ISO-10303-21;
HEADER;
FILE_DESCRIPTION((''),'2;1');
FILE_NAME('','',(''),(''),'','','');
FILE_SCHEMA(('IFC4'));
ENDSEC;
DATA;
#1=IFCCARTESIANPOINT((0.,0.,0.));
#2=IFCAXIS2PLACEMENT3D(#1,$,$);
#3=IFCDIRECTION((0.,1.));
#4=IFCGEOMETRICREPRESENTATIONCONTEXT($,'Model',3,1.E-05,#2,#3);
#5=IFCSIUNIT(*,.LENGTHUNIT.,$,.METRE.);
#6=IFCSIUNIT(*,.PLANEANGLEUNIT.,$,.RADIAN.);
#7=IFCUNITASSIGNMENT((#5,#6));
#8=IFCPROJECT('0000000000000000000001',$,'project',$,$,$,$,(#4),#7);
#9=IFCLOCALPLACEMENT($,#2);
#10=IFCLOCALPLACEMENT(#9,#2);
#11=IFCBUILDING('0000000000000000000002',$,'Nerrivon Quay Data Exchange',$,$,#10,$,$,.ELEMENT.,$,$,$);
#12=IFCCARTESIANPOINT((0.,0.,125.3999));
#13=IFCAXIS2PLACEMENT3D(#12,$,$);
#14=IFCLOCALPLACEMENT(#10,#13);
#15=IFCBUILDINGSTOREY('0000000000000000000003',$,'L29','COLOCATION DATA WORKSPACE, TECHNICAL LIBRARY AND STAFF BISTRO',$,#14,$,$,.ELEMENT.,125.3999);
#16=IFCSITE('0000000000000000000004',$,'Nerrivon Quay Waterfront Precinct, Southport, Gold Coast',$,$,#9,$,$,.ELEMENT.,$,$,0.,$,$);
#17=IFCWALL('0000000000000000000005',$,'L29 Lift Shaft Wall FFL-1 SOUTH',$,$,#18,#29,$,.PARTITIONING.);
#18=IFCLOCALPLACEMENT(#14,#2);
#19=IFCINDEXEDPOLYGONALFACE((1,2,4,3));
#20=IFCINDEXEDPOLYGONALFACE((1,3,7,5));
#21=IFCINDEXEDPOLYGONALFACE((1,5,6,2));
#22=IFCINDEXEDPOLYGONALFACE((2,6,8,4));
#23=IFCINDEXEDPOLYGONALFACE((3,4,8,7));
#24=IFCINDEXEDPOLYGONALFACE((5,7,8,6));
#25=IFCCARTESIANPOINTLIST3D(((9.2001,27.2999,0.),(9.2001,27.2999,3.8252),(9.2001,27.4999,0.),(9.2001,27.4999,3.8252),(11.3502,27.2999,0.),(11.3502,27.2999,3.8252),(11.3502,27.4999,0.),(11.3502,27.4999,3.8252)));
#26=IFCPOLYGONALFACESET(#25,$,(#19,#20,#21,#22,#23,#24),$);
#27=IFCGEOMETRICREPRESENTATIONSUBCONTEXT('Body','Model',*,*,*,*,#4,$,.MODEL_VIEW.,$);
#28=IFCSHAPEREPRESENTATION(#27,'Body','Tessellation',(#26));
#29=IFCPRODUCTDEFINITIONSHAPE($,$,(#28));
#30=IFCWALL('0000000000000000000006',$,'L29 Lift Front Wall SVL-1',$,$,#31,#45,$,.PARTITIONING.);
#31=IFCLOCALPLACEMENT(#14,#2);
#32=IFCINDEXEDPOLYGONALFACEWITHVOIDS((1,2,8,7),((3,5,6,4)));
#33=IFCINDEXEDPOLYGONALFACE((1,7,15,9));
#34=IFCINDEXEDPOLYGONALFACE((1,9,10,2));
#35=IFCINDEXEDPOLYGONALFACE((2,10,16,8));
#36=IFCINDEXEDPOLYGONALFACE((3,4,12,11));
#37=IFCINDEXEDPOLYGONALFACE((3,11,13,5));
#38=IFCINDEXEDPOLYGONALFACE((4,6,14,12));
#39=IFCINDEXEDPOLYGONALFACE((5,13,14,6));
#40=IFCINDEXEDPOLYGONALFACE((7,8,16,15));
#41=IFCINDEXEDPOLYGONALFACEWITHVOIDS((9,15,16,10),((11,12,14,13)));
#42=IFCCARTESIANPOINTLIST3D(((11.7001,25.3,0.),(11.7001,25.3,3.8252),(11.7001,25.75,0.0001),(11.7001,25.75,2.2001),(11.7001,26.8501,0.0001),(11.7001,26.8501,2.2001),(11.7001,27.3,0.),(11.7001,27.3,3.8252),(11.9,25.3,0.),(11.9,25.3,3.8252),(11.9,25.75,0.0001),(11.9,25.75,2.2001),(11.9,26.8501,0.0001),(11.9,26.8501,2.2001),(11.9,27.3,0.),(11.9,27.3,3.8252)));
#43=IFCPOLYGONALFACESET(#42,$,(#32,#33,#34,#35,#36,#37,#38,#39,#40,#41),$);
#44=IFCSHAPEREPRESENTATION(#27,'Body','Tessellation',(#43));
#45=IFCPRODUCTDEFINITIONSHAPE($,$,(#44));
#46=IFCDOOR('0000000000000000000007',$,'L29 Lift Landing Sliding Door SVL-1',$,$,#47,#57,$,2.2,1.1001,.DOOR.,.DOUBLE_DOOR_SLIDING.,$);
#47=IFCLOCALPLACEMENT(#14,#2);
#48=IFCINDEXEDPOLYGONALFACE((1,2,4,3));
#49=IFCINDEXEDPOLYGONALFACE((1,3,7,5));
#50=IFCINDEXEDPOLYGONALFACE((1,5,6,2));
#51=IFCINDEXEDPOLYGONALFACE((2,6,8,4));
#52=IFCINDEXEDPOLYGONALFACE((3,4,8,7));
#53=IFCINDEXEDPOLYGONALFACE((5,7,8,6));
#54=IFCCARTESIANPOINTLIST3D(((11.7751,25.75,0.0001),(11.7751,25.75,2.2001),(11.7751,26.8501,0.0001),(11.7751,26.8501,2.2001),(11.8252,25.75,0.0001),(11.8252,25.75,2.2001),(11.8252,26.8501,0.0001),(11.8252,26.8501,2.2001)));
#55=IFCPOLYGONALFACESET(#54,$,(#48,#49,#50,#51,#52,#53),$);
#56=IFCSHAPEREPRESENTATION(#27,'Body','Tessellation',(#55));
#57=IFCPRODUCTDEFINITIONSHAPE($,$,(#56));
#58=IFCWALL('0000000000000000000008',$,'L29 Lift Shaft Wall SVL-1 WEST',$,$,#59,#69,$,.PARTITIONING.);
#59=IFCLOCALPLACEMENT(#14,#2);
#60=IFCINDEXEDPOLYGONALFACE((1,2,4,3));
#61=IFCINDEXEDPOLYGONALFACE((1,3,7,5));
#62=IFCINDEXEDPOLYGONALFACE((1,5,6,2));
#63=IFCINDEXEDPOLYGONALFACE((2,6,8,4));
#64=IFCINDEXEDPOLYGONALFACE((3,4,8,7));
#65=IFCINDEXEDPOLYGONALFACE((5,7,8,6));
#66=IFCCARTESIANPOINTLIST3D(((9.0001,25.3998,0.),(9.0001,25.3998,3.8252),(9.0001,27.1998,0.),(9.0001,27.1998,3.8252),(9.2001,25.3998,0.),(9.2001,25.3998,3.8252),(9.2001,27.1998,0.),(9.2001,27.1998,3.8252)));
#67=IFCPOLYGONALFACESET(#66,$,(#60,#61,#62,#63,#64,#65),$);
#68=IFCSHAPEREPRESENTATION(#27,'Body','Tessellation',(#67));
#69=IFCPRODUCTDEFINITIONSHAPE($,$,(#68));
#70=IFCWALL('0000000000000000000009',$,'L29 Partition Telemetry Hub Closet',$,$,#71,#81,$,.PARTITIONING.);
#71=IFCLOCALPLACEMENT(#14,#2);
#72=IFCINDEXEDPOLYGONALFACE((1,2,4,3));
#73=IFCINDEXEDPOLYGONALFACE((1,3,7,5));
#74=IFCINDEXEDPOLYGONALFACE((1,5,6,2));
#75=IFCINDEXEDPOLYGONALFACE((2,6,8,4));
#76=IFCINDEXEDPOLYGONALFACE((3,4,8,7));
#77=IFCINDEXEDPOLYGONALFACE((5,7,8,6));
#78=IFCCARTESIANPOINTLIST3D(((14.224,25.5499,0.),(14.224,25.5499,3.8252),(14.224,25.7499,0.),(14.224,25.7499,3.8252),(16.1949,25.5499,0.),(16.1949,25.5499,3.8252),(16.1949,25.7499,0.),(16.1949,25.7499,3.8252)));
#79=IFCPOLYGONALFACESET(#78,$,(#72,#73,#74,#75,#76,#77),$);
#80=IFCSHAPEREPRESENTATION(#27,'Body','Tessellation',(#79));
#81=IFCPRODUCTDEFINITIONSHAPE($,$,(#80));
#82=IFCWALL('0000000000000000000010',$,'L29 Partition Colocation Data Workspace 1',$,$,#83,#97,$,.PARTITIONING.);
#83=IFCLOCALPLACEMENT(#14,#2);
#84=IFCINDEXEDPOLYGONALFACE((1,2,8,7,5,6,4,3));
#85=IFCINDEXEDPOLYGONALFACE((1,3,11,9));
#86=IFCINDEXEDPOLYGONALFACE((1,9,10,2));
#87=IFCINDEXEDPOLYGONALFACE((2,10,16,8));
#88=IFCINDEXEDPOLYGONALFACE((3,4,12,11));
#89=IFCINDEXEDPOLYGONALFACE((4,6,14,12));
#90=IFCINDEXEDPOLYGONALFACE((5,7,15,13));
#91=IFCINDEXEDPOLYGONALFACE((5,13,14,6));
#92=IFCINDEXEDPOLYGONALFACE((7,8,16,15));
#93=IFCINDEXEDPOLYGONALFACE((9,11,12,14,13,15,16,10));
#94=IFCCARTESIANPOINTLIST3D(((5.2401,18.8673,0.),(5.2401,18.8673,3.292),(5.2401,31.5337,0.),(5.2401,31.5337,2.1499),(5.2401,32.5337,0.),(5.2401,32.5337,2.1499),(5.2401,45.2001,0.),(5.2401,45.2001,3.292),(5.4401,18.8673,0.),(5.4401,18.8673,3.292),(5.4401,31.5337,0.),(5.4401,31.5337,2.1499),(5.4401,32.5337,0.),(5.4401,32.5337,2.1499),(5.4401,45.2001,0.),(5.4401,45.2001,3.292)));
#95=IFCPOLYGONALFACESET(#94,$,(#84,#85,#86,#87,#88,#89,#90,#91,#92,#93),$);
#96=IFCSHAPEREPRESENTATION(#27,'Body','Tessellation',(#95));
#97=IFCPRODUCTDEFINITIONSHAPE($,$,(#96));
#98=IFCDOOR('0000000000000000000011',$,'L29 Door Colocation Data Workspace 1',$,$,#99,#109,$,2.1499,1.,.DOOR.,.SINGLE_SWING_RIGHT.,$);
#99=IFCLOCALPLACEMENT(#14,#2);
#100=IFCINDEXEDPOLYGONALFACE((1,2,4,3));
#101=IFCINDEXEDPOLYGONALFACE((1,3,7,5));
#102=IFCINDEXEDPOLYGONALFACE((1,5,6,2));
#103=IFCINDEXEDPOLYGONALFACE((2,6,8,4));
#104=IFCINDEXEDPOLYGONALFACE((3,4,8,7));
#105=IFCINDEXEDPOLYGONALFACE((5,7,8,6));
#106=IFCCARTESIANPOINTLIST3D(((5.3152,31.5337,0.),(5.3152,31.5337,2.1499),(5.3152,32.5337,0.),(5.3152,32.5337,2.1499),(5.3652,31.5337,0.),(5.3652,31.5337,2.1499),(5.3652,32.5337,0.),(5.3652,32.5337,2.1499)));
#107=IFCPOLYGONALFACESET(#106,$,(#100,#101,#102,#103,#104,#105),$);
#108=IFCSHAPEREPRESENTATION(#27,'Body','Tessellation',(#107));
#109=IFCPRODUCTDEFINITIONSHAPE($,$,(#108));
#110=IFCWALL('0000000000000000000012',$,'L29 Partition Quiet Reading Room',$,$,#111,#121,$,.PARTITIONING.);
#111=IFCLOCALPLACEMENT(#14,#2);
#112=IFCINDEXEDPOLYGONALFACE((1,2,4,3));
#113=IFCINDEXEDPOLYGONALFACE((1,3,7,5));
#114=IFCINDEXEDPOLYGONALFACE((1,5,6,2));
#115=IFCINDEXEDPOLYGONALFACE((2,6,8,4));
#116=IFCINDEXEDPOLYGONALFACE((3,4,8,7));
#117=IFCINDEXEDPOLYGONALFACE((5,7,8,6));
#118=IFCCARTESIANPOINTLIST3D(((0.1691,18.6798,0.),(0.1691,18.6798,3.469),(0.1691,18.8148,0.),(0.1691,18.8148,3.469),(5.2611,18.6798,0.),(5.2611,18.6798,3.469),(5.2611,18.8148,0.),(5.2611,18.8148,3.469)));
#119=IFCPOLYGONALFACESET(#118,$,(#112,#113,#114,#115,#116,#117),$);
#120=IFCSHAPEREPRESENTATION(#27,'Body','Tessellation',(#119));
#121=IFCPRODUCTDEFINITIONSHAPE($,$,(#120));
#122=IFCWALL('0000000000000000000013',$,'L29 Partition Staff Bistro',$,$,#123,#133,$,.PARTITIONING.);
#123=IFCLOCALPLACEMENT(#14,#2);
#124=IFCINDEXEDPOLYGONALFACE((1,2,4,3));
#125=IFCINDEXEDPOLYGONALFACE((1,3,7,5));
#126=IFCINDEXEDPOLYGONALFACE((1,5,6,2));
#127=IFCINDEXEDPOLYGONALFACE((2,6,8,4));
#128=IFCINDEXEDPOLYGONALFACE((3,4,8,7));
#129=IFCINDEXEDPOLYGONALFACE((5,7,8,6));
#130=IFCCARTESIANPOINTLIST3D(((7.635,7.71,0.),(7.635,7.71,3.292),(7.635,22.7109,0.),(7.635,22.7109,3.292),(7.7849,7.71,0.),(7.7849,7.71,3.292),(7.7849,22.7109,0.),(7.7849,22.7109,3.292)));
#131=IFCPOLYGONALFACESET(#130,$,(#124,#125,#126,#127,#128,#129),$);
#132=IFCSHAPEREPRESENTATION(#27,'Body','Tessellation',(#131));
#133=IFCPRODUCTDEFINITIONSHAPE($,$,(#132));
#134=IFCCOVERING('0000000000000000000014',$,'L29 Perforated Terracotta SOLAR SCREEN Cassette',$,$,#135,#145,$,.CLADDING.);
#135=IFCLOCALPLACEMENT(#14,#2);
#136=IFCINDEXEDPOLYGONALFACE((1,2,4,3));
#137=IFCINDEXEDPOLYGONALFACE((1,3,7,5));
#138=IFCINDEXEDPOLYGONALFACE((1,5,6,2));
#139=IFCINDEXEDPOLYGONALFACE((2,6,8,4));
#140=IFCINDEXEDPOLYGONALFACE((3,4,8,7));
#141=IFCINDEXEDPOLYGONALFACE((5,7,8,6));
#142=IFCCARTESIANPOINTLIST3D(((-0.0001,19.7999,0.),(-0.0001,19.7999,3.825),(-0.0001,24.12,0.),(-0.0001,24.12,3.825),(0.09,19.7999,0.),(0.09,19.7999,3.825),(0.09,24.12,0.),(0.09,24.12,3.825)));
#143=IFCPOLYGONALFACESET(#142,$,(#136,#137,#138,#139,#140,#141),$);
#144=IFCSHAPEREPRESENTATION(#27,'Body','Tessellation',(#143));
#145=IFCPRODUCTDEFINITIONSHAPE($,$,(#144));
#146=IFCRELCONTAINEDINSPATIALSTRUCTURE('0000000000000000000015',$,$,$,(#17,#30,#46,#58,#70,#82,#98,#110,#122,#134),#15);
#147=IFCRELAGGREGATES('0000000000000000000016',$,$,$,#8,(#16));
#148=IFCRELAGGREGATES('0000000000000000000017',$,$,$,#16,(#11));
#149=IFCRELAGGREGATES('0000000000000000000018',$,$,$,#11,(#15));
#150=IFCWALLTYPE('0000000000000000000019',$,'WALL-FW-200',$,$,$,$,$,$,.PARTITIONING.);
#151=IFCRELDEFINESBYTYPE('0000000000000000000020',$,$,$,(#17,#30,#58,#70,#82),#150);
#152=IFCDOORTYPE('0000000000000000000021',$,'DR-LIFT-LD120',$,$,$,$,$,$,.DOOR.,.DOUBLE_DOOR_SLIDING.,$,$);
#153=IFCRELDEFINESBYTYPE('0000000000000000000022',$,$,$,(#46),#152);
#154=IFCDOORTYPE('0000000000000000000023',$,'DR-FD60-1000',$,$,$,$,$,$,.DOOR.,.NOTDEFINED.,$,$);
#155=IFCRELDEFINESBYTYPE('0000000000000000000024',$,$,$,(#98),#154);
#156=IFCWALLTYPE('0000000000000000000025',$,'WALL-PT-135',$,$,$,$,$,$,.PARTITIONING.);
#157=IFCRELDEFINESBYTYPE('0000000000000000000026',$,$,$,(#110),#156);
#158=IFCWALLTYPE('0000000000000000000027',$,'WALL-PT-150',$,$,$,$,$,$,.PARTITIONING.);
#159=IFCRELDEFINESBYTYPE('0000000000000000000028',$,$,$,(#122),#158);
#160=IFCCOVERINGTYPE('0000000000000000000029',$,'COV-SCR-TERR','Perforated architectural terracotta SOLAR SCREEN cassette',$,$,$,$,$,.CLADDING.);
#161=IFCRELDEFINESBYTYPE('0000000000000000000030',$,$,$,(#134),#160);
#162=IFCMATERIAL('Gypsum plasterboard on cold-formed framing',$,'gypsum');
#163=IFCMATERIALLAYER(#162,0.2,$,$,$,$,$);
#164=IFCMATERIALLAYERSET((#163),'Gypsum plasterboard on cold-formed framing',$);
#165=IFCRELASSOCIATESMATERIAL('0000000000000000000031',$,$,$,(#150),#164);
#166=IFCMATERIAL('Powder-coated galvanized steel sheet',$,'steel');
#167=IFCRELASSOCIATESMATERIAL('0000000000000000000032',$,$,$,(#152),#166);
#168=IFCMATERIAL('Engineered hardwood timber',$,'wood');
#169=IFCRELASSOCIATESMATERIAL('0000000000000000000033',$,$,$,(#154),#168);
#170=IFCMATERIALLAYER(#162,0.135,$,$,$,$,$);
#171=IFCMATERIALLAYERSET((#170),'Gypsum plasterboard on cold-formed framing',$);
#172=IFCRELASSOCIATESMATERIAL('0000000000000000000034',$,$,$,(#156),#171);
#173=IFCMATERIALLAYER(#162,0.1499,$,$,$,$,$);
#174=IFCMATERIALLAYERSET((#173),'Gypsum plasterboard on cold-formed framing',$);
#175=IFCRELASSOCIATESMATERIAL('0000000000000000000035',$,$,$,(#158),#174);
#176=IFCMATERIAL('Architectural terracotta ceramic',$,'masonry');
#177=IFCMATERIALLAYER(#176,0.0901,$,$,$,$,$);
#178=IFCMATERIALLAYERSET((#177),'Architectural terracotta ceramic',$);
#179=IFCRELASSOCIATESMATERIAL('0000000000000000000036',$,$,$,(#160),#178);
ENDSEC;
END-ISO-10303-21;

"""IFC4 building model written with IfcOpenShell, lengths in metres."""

from ifc_helpers import new_model, si_unit, direction, frame, frame_2d, origin, origin_2d, place, context, subcontext, project, spatial, rectangle, extrude, material, layer, layer_set, type_object, element, fill, save


model = new_model("IFC4")

# Units and contexts
model_context = context("Model", 3, precision=1e-05, world=origin(), true_north=direction((0.0, 1.0)))
body_context = subcontext(model_context, "Body", "Model", "MODEL_VIEW")
ifc_project = project(units=[si_unit("LENGTHUNIT", "METRE"), si_unit("PLANEANGLEUNIT", "RADIAN")], contexts=[model_context])

# Site, building, storey
site_placement = place(None, origin())
site = spatial("IfcSite", under=ifc_project, at=site_placement, Name="Nerrivon Quay Waterfront Precinct, Southport, Gold Coast", CompositionType="ELEMENT", RefElevation=0.0)
building_placement = place(site_placement, origin())
building = spatial("IfcBuilding", under=site, at=building_placement, Name="Nerrivon Quay Data Exchange", CompositionType="ELEMENT")
storey_placement = place(building_placement, frame((0.0, 0.0, 125.3999)))
storey = spatial("IfcBuildingStorey", under=building, at=storey_placement, Name="L29", Description="COLOCATION DATA WORKSPACE, TECHNICAL LIBRARY AND STAFF BISTRO", CompositionType="ELEMENT", Elevation=125.3999)

# Shared definitions
ifc_material_1 = material(Name="Powder-coated galvanized steel sheet", Category="steel")

# Wall
ifc_material_2 = material(Name="Gypsum plasterboard on cold-formed framing", Category="gypsum")
ifc_layer_1 = layer(ifc_material_2, 0.2)
ifc_layer_set_1 = layer_set([ifc_layer_1], Name="Gypsum plasterboard on cold-formed framing")
wall_type_1 = type_object("IfcWallType", Name="WALL-FW-200", PredefinedType="PARTITIONING", material=ifc_layer_set_1)
wall_1_placement = place(storey_placement, frame((9.2, 27.3999, 0.0), z_axis=(0.0, 0.0, 1.0), x_axis=(1.0, 0.0, 0.0)))
element("IfcWall", 1, at=wall_1_placement, inside=storey, type_object=wall_type_1, Name="L29 Lift Shaft Wall FFL-1 SOUTH", PredefinedType="PARTITIONING", context=body_context, shape_type="SweptSolid", body=[
    extrude(rectangle(XDim=2.1501, YDim=0.2, at=frame_2d((1.0752, 0.0))), origin(), (0.0, 0.0, 1.0), 3.8252),
])

# Wall, opening, door
wall_2_placement = place(storey_placement, frame((11.8, 25.3, 0.0), z_axis=(0.0, 0.0, 1.0), x_axis=(0.0, 1.0, 0.0)))
wall_2 = element("IfcWall", 2, at=wall_2_placement, inside=storey, type_object=wall_type_1, Name="L29 Lift Front Wall SVL-1", PredefinedType="PARTITIONING", context=body_context, shape_type="SweptSolid", body=[
    extrude(rectangle(XDim=2.0, YDim=0.2, at=frame_2d((1.0, 0.0))), origin(), (0.0, 0.0, 1.0), 3.8252),
])
opening_1_placement = place(wall_2_placement, frame((0.45, 0.0, 0.0)))
opening_1 = element("IfcOpeningElement", 3, at=opening_1_placement, cuts=wall_2, PredefinedType="OPENING", context=body_context, shape_type="SweptSolid", body=[
    extrude(rectangle(XDim=1.1001, YDim=2.2, at=frame_2d((0.55, 1.1001))), frame((0.0, 0.1099, 0.0), z_axis=(0.0, -1.0, 0.0), x_axis=(1.0, 0.0, 0.0)), (0.0, 0.0, 1.0), 0.22),
])
door_type_1 = type_object("IfcDoorType", Name="DR-LIFT-LD120", OperationType="DOUBLE_DOOR_SLIDING", PredefinedType="DOOR", material=ifc_material_1)
door_1_placement = place(opening_1_placement, origin())
door_1 = element("IfcDoor", 4, at=door_1_placement, inside=storey, type_object=door_type_1, Name="L29 Lift Landing Sliding Door SVL-1", OperationType="DOUBLE_DOOR_SLIDING", OverallHeight=2.2, OverallWidth=1.1001, PredefinedType="DOOR", context=body_context, shape_type="SweptSolid", body=[
    extrude(rectangle(XDim=1.1001, YDim=2.2, at=frame_2d((0.55, 1.1001))), frame((0.0, 0.0249, 0.0), z_axis=(0.0, -1.0, 0.0), x_axis=(1.0, 0.0, 0.0)), (0.0, 0.0, 1.0), 0.05),
])
fill(opening_1, door_1)

# Walls
wall_3_placement = place(storey_placement, frame((9.1001, 25.3999, 0.0), z_axis=(0.0, 0.0, 1.0), x_axis=(0.0, 1.0, 0.0)))
element("IfcWall", 5, at=wall_3_placement, inside=storey, type_object=wall_type_1, Name="L29 Lift Shaft Wall SVL-1 WEST", PredefinedType="PARTITIONING", context=body_context, shape_type="SweptSolid", body=[
    extrude(rectangle(XDim=1.8, YDim=0.2, at=frame_2d((0.8999, 0.0))), origin(), (0.0, 0.0, 1.0), 3.8252),
])
wall_4_placement = place(storey_placement, frame((14.2241, 25.6499, 0.0), z_axis=(0.0, 0.0, 1.0), x_axis=(1.0, 0.0, 0.0)))
element("IfcWall", 6, at=wall_4_placement, inside=storey, type_object=wall_type_1, Name="L29 Partition Telemetry Hub Closet", PredefinedType="PARTITIONING", context=body_context, shape_type="SweptSolid", body=[
    extrude(rectangle(XDim=1.9709, YDim=0.2, at=frame_2d((0.9854, 0.0))), origin(), (0.0, 0.0, 1.0), 3.8252),
])

# Wall, opening, door
wall_5_placement = place(storey_placement, frame((5.3401, 18.8672, 0.0), z_axis=(0.0, 0.0, 1.0), x_axis=(0.0, 1.0, 0.0)))
wall_5 = element("IfcWall", 7, at=wall_5_placement, inside=storey, type_object=wall_type_1, Name="L29 Partition Colocation Data Workspace 1", PredefinedType="PARTITIONING", context=body_context, shape_type="SweptSolid", body=[
    extrude(rectangle(XDim=26.3328, YDim=0.2, at=frame_2d((13.1665, 0.0))), origin(), (0.0, 0.0, 1.0), 3.292),
])
opening_2_placement = place(wall_5_placement, frame((12.6665, 0.0, 0.0)))
opening_2 = element("IfcOpeningElement", 8, at=opening_2_placement, cuts=wall_5, PredefinedType="OPENING", context=body_context, shape_type="SweptSolid", body=[
    extrude(rectangle(XDim=1.0, YDim=2.1499, at=frame_2d((0.5, 1.075))), frame((0.0, 0.1099, 0.0), z_axis=(0.0, -1.0, 0.0), x_axis=(1.0, 0.0, 0.0)), (0.0, 0.0, 1.0), 0.22),
])
ifc_material_3 = material(Name="Engineered hardwood timber", Category="wood")
door_type_2 = type_object("IfcDoorType", Name="DR-FD60-1000", OperationType="NOTDEFINED", PredefinedType="DOOR", material=ifc_material_3)
door_2_placement = place(opening_2_placement, origin())
door_2 = element("IfcDoor", 9, at=door_2_placement, inside=storey, type_object=door_type_2, Name="L29 Door Colocation Data Workspace 1", OperationType="SINGLE_SWING_RIGHT", OverallHeight=2.1499, OverallWidth=1.0, PredefinedType="DOOR", context=body_context, shape_type="SweptSolid", body=[
    extrude(rectangle(XDim=1.0, YDim=2.1499, at=frame_2d((0.5, 1.075))), frame((0.0, 0.0249, 0.0), z_axis=(0.0, -1.0, 0.0), x_axis=(1.0, 0.0, 0.0)), (0.0, 0.0, 1.0), 0.05),
])
fill(opening_2, door_2)

# Walls
ifc_layer_2 = layer(ifc_material_2, 0.135)
ifc_layer_set_2 = layer_set([ifc_layer_2], Name="Gypsum plasterboard on cold-formed framing")
wall_type_2 = type_object("IfcWallType", Name="WALL-PT-135", PredefinedType="PARTITIONING", material=ifc_layer_set_2)
wall_6_placement = place(storey_placement, frame((5.261, 18.7473, 0.0), z_axis=(0.0, 0.0, 1.0), x_axis=(-1.0, 0.0, 0.0)))
element("IfcWall", 10, at=wall_6_placement, inside=storey, type_object=wall_type_2, Name="L29 Partition Quiet Reading Room", PredefinedType="PARTITIONING", context=body_context, shape_type="SweptSolid", body=[
    extrude(rectangle(XDim=5.092, YDim=0.135, at=frame_2d((2.5459, 0.0))), origin(), (0.0, 0.0, 1.0), 3.469),
])
ifc_layer_3 = layer(ifc_material_2, 0.1499)
ifc_layer_set_3 = layer_set([ifc_layer_3], Name="Gypsum plasterboard on cold-formed framing")
wall_type_3 = type_object("IfcWallType", Name="WALL-PT-150", PredefinedType="PARTITIONING", material=ifc_layer_set_3)
wall_7_placement = place(storey_placement, frame((7.71, 22.7109, 0.0), z_axis=(0.0, 0.0, 1.0), x_axis=(0.0, -1.0, 0.0)))
element("IfcWall", 11, at=wall_7_placement, inside=storey, type_object=wall_type_3, Name="L29 Partition Staff Bistro", PredefinedType="PARTITIONING", context=body_context, shape_type="SweptSolid", body=[
    extrude(rectangle(XDim=15.001, YDim=0.1499, at=frame_2d((7.5005, 0.0))), origin(), (0.0, 0.0, 1.0), 3.292),
])

# Covering
ifc_material_4 = material(Name="Architectural terracotta ceramic", Category="masonry")
ifc_layer_4 = layer(ifc_material_4, 0.0901)
ifc_layer_set_4 = layer_set([ifc_layer_4], Name="Architectural terracotta ceramic")
covering_type = type_object("IfcCoveringType", Name="COV-SCR-TERR", Description="Perforated architectural terracotta SOLAR SCREEN cassette", PredefinedType="CLADDING", material=ifc_layer_set_4)
covering_placement = place(storey_placement, frame((0.0449, 21.96, 0.0), z_axis=(0.0, 0.0, 1.0), x_axis=(0.0, 1.0, 0.0)))
element("IfcCovering", 12, at=covering_placement, inside=storey, type_object=covering_type, Name="L29 Perforated Terracotta SOLAR SCREEN Cassette", PredefinedType="CLADDING", context=body_context, shape_type="SweptSolid", body=[
    extrude(rectangle(XDim=4.3201, YDim=0.0901, at=origin_2d()), origin(), (0.0, 0.0, 1.0), 3.825),
])

save(model, "model.ifc")
